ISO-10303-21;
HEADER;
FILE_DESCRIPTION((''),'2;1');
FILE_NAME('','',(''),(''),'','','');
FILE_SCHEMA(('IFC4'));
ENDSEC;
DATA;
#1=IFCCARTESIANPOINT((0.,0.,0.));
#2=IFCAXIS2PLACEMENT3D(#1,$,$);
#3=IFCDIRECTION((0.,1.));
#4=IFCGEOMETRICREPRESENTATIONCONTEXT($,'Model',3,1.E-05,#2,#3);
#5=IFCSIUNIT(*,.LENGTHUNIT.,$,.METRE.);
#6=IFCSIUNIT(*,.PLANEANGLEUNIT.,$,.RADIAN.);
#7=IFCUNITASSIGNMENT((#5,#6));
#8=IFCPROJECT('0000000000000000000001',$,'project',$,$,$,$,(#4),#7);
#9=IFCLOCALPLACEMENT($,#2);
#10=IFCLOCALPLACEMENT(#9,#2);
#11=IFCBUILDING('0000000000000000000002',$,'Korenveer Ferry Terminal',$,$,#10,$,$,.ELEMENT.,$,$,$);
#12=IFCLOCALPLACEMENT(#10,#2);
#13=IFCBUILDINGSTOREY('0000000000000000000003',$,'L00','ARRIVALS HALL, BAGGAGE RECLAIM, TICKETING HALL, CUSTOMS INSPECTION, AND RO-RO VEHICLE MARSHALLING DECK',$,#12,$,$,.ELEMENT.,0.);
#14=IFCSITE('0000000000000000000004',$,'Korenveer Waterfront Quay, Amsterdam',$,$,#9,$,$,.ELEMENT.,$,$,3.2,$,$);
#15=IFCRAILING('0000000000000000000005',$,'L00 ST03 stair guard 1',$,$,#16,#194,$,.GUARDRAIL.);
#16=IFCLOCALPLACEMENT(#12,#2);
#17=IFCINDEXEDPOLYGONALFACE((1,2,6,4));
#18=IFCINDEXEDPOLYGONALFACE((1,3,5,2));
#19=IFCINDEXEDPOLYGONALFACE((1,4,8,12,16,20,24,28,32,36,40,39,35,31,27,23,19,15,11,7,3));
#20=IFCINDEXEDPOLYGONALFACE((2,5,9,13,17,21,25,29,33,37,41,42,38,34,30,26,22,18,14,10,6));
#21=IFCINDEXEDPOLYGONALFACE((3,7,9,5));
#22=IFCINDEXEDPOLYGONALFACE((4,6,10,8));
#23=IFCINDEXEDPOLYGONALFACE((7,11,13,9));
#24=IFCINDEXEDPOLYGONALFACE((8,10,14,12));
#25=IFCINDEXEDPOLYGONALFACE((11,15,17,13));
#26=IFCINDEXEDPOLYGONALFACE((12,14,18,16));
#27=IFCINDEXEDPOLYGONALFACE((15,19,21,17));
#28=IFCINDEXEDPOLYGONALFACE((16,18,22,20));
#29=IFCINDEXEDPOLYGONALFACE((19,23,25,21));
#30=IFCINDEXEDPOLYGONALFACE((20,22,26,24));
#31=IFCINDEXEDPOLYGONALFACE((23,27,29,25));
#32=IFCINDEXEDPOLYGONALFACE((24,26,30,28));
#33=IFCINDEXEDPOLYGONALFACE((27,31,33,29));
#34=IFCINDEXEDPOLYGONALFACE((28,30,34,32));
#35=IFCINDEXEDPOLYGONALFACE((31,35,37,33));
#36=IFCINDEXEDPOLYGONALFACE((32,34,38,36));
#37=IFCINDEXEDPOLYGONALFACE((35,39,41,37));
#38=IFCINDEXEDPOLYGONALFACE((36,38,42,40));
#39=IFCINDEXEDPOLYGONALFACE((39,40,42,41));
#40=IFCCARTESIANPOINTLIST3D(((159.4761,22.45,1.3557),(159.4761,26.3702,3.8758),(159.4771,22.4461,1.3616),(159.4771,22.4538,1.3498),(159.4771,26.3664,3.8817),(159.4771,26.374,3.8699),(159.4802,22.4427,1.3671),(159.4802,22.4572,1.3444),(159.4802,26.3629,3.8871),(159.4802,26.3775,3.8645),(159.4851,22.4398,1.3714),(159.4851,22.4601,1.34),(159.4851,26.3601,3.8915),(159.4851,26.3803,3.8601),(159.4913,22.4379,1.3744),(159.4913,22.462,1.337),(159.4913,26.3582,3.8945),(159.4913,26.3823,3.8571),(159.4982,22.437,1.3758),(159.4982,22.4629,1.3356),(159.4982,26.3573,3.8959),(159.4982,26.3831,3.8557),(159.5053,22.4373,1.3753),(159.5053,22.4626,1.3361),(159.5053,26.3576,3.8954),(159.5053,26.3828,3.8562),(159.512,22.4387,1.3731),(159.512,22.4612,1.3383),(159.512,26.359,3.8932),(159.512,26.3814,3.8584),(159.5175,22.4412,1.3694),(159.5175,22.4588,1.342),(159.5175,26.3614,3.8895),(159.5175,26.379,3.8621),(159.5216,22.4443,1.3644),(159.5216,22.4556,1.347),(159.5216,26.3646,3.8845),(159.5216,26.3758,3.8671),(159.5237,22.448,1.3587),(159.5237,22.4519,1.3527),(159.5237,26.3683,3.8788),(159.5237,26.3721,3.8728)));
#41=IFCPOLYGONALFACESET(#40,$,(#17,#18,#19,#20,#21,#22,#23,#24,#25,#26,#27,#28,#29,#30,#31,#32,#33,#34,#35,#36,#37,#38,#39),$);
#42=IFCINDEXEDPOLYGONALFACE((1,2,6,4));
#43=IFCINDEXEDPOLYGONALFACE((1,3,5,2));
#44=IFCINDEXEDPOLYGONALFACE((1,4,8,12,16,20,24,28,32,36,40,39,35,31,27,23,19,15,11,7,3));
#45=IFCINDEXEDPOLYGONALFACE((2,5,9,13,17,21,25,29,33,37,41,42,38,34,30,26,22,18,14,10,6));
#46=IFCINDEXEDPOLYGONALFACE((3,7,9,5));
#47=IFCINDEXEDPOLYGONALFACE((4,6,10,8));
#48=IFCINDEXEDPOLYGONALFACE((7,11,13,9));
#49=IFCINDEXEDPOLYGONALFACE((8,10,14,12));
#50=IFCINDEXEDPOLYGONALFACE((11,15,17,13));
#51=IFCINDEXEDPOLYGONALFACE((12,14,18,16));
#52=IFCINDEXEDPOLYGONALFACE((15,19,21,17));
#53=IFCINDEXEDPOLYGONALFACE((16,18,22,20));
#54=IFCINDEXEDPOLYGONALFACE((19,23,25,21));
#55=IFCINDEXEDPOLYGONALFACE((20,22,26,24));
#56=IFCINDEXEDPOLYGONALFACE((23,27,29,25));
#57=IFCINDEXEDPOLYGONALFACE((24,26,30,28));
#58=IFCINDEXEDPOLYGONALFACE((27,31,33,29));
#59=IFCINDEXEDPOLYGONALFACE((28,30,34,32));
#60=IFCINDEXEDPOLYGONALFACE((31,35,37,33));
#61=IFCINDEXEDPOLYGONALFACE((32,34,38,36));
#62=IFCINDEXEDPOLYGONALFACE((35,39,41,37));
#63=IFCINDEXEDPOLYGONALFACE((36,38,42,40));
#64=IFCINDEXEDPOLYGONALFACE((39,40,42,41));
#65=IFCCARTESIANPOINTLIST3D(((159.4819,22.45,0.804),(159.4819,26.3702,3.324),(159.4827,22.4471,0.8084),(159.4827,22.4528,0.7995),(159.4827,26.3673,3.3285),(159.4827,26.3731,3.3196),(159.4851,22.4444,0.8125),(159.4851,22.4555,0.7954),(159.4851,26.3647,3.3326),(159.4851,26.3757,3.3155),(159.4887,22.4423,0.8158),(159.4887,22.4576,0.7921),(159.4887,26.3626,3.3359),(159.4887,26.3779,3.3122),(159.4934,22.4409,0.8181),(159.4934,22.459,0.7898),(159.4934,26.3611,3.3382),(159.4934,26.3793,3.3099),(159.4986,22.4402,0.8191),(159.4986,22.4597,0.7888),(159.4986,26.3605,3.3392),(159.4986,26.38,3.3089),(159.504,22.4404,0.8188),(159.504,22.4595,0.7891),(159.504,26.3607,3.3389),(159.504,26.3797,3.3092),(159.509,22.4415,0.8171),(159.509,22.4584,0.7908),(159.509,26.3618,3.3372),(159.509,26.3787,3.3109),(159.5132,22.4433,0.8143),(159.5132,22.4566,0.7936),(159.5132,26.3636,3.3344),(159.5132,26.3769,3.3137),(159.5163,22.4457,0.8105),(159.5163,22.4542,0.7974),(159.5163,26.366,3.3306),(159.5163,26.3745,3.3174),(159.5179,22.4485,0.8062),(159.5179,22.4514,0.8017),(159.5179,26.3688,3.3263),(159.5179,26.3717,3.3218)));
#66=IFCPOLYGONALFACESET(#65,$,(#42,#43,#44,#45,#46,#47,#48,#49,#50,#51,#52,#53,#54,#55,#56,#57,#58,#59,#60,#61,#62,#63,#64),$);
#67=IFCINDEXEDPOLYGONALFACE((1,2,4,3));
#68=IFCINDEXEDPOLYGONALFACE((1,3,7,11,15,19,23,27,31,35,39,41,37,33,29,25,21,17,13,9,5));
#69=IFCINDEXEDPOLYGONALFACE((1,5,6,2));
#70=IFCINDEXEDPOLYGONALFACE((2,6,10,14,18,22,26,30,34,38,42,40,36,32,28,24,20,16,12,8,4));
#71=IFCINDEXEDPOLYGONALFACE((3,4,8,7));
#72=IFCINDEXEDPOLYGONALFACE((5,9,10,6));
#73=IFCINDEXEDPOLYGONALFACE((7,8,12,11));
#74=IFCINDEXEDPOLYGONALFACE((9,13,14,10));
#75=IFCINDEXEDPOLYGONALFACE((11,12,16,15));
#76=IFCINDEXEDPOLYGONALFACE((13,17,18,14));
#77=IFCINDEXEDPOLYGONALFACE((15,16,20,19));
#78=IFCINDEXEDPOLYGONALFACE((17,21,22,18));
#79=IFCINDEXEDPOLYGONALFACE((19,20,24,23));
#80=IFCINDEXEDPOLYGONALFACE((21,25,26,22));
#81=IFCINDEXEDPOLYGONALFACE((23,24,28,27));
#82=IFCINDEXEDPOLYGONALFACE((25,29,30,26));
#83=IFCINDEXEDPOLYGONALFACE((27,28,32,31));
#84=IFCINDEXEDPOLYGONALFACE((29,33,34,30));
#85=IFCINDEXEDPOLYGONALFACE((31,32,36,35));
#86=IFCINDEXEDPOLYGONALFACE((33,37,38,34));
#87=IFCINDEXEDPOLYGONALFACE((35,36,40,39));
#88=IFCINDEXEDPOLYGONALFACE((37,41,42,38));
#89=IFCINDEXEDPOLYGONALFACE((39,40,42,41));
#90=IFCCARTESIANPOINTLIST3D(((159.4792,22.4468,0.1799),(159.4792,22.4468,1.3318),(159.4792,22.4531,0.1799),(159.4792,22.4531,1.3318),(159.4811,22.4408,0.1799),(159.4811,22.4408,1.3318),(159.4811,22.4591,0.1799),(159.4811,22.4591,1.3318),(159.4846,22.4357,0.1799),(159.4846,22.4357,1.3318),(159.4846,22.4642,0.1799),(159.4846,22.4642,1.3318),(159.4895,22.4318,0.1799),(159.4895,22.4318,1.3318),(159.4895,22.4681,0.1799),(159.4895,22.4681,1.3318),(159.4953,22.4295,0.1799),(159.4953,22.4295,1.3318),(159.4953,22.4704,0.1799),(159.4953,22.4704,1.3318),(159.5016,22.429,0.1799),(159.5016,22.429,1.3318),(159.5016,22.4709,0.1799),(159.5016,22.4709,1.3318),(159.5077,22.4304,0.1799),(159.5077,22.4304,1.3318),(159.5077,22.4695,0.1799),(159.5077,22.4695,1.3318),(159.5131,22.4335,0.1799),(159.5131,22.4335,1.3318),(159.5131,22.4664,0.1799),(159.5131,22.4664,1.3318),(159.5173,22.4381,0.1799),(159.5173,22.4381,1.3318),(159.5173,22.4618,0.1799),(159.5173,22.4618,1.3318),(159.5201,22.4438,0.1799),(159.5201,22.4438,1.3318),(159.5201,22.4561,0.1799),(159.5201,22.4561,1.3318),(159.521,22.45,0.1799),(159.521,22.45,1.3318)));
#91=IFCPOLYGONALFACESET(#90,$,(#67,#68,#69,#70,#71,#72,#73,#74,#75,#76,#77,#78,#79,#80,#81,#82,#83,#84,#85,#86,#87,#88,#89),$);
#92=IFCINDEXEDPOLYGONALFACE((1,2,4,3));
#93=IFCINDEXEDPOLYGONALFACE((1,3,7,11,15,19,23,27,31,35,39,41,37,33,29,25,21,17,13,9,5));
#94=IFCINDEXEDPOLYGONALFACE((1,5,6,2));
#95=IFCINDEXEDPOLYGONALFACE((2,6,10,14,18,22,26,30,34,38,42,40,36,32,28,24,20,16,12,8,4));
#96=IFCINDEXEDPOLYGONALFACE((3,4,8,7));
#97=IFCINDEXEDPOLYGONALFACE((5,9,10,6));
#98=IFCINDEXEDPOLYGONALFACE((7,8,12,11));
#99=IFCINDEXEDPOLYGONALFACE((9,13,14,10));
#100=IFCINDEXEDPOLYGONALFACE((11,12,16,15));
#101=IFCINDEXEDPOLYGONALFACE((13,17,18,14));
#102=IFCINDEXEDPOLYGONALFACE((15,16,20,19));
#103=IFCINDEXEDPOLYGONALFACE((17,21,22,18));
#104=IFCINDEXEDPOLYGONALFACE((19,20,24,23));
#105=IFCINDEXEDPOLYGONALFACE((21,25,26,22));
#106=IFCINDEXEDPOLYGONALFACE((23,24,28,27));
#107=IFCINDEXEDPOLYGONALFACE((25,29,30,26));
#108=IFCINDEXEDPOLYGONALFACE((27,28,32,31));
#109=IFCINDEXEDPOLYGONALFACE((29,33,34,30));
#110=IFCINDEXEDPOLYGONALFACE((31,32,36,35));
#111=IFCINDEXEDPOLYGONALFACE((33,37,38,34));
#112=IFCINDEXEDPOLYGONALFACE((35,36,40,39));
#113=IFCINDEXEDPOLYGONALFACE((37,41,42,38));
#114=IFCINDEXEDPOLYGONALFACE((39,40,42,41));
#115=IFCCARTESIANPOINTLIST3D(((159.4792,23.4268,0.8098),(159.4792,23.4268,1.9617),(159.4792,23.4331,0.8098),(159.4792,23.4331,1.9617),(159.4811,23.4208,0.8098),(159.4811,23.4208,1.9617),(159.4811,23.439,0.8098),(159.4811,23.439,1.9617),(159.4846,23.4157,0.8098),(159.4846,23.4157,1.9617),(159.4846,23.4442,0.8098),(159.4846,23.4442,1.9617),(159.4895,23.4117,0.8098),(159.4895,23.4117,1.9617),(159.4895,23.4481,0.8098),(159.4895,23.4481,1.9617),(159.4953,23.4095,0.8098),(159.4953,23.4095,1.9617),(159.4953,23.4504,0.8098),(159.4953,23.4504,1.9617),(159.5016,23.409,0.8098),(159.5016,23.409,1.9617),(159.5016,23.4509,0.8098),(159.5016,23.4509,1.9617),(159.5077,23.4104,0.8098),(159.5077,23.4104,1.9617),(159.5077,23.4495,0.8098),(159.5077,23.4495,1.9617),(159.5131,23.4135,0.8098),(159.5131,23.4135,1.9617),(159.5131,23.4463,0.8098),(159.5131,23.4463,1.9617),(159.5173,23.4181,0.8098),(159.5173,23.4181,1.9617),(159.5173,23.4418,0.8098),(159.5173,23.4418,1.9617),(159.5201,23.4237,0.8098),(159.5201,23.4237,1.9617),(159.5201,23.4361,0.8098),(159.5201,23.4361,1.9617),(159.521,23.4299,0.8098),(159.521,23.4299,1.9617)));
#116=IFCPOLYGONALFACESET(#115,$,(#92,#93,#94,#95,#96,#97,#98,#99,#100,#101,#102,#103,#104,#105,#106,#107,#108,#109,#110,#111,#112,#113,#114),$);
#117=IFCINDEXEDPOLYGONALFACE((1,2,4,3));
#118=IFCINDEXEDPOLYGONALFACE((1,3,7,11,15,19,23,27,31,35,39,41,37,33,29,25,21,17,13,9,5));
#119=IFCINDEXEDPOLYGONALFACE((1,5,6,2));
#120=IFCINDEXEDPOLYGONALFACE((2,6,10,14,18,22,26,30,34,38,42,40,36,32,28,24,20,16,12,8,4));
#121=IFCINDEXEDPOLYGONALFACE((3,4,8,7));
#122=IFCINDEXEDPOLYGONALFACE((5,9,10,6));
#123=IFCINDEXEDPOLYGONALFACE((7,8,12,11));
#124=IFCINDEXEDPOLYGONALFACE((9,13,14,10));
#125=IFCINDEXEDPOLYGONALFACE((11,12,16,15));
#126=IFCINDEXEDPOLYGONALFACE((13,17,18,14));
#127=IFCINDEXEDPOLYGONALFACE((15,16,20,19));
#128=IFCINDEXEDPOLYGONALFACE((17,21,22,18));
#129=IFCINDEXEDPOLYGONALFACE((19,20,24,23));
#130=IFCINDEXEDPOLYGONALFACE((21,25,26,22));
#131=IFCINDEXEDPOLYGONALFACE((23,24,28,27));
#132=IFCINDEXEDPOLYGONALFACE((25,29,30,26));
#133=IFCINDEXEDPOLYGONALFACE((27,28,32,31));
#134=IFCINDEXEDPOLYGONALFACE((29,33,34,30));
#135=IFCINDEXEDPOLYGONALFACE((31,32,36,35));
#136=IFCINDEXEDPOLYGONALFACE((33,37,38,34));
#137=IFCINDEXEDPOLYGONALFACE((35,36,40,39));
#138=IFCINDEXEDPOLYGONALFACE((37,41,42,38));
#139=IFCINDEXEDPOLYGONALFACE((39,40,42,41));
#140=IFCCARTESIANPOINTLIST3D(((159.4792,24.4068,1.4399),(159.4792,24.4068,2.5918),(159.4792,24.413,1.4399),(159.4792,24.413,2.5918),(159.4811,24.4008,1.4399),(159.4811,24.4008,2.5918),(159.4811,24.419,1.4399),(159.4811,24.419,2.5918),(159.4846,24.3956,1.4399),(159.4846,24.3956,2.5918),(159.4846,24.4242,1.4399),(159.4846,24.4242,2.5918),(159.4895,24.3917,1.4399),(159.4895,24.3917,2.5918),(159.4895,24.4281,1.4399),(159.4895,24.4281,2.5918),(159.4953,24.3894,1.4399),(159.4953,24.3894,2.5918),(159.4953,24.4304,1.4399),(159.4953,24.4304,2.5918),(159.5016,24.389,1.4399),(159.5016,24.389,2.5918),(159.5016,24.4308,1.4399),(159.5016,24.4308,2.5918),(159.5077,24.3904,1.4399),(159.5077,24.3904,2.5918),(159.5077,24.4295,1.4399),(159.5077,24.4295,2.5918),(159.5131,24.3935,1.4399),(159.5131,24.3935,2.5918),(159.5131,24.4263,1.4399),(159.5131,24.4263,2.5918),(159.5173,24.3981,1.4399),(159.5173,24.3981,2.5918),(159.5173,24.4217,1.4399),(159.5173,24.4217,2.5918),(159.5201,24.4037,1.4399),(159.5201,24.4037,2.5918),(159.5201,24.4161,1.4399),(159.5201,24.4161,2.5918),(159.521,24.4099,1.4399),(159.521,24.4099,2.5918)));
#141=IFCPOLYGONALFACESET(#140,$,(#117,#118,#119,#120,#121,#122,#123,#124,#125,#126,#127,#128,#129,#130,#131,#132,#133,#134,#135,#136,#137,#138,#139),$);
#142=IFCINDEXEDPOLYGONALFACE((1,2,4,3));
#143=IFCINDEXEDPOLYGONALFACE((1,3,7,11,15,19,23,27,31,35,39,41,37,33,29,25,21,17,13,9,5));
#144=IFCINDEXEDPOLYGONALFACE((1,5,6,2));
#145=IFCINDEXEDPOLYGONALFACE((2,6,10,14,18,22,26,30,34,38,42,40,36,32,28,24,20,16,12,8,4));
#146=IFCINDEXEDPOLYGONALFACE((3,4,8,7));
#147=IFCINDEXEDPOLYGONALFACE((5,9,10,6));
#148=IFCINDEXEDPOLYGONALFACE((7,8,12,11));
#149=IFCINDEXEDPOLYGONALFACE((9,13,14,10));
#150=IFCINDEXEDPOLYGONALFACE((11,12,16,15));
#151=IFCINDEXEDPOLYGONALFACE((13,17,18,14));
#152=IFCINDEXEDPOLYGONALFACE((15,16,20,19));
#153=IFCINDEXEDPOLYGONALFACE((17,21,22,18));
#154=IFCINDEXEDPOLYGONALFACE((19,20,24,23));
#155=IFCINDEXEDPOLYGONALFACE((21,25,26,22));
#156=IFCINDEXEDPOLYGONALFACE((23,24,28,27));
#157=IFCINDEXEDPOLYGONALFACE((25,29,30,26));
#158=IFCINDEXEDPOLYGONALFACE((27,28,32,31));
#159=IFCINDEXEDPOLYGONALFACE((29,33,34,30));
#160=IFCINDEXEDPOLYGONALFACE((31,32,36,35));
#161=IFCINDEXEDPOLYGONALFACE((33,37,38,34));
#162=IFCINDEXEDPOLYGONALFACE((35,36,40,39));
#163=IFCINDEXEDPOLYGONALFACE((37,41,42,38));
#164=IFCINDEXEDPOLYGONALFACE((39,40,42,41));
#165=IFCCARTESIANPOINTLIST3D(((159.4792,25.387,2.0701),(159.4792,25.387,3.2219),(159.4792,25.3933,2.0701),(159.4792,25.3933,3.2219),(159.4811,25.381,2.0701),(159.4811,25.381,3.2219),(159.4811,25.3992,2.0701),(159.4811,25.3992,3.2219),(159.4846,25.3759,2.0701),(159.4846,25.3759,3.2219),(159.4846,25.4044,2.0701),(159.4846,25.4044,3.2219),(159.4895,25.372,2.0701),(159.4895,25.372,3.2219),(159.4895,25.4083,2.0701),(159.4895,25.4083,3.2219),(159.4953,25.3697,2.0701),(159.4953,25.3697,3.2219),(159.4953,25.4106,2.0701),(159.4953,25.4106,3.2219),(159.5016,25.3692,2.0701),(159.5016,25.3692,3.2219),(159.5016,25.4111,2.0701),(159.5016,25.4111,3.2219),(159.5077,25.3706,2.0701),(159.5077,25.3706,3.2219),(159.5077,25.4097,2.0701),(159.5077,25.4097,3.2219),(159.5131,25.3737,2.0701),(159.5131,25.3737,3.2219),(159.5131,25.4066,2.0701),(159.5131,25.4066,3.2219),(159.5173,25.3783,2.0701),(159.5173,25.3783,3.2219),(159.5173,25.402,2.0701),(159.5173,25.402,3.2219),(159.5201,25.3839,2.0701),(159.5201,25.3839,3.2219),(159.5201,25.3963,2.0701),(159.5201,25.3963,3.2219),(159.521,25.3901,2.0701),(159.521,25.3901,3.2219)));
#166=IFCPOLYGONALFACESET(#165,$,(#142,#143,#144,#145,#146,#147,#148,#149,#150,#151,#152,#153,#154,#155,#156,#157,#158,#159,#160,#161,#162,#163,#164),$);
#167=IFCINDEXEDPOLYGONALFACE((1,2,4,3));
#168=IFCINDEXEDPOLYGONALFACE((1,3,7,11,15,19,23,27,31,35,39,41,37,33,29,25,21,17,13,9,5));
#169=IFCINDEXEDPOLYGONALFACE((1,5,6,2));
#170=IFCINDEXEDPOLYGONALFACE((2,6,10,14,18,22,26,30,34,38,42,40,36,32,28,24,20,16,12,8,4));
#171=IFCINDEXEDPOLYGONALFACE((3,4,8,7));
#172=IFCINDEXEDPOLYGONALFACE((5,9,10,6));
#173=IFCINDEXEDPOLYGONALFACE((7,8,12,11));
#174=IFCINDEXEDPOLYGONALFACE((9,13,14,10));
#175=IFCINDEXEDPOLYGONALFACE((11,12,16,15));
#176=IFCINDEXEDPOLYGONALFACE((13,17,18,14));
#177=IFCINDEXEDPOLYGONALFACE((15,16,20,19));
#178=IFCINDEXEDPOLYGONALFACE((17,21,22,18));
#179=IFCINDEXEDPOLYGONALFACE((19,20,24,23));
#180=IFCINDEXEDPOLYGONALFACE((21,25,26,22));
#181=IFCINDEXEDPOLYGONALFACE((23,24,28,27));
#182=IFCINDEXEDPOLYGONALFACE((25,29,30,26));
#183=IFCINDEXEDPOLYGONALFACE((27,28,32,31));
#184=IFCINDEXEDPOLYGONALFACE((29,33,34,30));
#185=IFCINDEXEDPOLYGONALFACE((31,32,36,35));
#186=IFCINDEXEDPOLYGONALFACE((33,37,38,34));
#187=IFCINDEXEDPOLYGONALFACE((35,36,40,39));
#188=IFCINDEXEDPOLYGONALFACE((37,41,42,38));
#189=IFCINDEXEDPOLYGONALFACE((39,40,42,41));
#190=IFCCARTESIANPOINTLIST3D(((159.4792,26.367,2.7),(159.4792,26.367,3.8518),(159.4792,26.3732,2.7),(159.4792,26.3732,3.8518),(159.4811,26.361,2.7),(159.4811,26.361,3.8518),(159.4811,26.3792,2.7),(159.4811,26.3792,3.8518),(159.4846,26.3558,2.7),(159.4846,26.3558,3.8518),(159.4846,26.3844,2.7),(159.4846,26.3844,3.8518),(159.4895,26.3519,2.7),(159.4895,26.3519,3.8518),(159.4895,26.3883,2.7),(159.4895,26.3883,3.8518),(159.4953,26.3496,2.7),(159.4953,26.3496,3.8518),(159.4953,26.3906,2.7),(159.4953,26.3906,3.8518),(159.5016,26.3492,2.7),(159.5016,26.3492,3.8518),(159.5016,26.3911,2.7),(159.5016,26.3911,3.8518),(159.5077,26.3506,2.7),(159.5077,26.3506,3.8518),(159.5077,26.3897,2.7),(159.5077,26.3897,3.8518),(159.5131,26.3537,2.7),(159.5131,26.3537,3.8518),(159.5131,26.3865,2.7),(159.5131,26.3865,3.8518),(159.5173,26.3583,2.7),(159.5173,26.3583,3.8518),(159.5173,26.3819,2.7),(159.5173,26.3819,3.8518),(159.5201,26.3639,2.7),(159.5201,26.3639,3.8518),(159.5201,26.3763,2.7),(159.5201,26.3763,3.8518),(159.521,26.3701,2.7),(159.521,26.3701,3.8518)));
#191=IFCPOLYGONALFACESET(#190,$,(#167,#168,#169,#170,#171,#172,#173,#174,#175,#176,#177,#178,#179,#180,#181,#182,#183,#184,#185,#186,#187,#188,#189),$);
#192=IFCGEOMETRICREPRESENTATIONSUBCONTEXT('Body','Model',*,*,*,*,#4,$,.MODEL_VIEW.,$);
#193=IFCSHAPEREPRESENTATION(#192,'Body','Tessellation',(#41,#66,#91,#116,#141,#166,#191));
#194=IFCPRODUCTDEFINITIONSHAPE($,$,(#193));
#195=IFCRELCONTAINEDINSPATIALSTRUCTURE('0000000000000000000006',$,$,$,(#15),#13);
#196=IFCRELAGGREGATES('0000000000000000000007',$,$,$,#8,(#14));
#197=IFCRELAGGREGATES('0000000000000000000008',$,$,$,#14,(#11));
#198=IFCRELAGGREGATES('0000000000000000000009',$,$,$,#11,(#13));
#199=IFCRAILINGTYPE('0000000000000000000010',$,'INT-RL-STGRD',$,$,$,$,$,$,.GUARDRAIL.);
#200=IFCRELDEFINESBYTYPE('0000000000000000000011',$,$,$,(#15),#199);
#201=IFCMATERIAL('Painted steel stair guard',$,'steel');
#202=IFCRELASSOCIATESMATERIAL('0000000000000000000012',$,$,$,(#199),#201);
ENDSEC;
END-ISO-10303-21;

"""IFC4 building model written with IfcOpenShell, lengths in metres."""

from ifc_helpers import new_model, si_unit, direction, frame, origin, origin_2d, place, context, subcontext, project, spatial, circle, extrude, material, type_object, element, save


model = new_model("IFC4")

# Units and contexts
model_context = context("Model", 3, precision=1e-05, world=origin(), true_north=direction((0.0, 1.0)))
body_context = subcontext(model_context, "Body", "Model", "MODEL_VIEW")
ifc_project = project(units=[si_unit("LENGTHUNIT", "METRE"), si_unit("PLANEANGLEUNIT", "RADIAN")], contexts=[model_context])

# Site, building, storey
site_placement = place(None, origin())
site = spatial("IfcSite", under=ifc_project, at=site_placement, Name="Korenveer Waterfront Quay, Amsterdam", CompositionType="ELEMENT", RefElevation=3.2)
building_placement = place(site_placement, origin())
building = spatial("IfcBuilding", under=site, at=building_placement, Name="Korenveer Ferry Terminal", CompositionType="ELEMENT")
storey_placement = place(building_placement, origin())
storey = spatial("IfcBuildingStorey", under=building, at=storey_placement, Name="L00", Description="ARRIVALS HALL, BAGGAGE RECLAIM, TICKETING HALL, CUSTOMS INSPECTION, AND RO-RO VEHICLE MARSHALLING DECK", CompositionType="ELEMENT", Elevation=0.0)

# Railing
ifc_material_1 = material(Name="Painted steel stair guard", Category="steel")
railing_type_1 = type_object("IfcRailingType", Name="INT-RL-STGRD", PredefinedType="GUARDRAIL", material=ifc_material_1)
railing_1_placement = place(storey_placement, frame((159.5, 22.45, 0.1799)))
element("IfcRailing", 1, at=railing_1_placement, inside=storey, type_object=railing_type_1, Name="L00 ST03 stair guard 1", PredefinedType="GUARDRAIL", context=body_context, shape_type="SweptSolid", body=[
    extrude(circle(Radius=0.0239, at=origin_2d()), frame((0.0, 0.0, 1.1758), z_axis=(0.0, 0.841187, 0.540744), x_axis=(-1.0, 0.0, 0.0)), (0.0, 0.0, 1.0), 4.6604),
    extrude(circle(Radius=0.0181, at=origin_2d()), frame((0.0, 0.0, 0.624), z_axis=(0.0, 0.841187, 0.540744), x_axis=(-1.0, 0.0, 0.0)), (0.0, 0.0, 1.0), 4.6604),
    extrude(circle(Radius=0.021, at=origin_2d()), origin(), (0.0, 0.0, 1.0), 1.1519),
    extrude(circle(Radius=0.021, at=origin_2d()), frame((0.0, 0.98, 0.6299)), (0.0, 0.0, 1.0), 1.1519),
    extrude(circle(Radius=0.021, at=origin_2d()), frame((0.0, 1.96, 1.26)), (0.0, 0.0, 1.0), 1.1519),
    extrude(circle(Radius=0.021, at=origin_2d()), frame((0.0, 2.9402, 1.8901)), (0.0, 0.0, 1.0), 1.1519),
    extrude(circle(Radius=0.021, at=origin_2d()), frame((0.0, 3.9202, 2.52)), (0.0, 0.0, 1.0), 1.1519),
])

save(model, "model.ifc")
